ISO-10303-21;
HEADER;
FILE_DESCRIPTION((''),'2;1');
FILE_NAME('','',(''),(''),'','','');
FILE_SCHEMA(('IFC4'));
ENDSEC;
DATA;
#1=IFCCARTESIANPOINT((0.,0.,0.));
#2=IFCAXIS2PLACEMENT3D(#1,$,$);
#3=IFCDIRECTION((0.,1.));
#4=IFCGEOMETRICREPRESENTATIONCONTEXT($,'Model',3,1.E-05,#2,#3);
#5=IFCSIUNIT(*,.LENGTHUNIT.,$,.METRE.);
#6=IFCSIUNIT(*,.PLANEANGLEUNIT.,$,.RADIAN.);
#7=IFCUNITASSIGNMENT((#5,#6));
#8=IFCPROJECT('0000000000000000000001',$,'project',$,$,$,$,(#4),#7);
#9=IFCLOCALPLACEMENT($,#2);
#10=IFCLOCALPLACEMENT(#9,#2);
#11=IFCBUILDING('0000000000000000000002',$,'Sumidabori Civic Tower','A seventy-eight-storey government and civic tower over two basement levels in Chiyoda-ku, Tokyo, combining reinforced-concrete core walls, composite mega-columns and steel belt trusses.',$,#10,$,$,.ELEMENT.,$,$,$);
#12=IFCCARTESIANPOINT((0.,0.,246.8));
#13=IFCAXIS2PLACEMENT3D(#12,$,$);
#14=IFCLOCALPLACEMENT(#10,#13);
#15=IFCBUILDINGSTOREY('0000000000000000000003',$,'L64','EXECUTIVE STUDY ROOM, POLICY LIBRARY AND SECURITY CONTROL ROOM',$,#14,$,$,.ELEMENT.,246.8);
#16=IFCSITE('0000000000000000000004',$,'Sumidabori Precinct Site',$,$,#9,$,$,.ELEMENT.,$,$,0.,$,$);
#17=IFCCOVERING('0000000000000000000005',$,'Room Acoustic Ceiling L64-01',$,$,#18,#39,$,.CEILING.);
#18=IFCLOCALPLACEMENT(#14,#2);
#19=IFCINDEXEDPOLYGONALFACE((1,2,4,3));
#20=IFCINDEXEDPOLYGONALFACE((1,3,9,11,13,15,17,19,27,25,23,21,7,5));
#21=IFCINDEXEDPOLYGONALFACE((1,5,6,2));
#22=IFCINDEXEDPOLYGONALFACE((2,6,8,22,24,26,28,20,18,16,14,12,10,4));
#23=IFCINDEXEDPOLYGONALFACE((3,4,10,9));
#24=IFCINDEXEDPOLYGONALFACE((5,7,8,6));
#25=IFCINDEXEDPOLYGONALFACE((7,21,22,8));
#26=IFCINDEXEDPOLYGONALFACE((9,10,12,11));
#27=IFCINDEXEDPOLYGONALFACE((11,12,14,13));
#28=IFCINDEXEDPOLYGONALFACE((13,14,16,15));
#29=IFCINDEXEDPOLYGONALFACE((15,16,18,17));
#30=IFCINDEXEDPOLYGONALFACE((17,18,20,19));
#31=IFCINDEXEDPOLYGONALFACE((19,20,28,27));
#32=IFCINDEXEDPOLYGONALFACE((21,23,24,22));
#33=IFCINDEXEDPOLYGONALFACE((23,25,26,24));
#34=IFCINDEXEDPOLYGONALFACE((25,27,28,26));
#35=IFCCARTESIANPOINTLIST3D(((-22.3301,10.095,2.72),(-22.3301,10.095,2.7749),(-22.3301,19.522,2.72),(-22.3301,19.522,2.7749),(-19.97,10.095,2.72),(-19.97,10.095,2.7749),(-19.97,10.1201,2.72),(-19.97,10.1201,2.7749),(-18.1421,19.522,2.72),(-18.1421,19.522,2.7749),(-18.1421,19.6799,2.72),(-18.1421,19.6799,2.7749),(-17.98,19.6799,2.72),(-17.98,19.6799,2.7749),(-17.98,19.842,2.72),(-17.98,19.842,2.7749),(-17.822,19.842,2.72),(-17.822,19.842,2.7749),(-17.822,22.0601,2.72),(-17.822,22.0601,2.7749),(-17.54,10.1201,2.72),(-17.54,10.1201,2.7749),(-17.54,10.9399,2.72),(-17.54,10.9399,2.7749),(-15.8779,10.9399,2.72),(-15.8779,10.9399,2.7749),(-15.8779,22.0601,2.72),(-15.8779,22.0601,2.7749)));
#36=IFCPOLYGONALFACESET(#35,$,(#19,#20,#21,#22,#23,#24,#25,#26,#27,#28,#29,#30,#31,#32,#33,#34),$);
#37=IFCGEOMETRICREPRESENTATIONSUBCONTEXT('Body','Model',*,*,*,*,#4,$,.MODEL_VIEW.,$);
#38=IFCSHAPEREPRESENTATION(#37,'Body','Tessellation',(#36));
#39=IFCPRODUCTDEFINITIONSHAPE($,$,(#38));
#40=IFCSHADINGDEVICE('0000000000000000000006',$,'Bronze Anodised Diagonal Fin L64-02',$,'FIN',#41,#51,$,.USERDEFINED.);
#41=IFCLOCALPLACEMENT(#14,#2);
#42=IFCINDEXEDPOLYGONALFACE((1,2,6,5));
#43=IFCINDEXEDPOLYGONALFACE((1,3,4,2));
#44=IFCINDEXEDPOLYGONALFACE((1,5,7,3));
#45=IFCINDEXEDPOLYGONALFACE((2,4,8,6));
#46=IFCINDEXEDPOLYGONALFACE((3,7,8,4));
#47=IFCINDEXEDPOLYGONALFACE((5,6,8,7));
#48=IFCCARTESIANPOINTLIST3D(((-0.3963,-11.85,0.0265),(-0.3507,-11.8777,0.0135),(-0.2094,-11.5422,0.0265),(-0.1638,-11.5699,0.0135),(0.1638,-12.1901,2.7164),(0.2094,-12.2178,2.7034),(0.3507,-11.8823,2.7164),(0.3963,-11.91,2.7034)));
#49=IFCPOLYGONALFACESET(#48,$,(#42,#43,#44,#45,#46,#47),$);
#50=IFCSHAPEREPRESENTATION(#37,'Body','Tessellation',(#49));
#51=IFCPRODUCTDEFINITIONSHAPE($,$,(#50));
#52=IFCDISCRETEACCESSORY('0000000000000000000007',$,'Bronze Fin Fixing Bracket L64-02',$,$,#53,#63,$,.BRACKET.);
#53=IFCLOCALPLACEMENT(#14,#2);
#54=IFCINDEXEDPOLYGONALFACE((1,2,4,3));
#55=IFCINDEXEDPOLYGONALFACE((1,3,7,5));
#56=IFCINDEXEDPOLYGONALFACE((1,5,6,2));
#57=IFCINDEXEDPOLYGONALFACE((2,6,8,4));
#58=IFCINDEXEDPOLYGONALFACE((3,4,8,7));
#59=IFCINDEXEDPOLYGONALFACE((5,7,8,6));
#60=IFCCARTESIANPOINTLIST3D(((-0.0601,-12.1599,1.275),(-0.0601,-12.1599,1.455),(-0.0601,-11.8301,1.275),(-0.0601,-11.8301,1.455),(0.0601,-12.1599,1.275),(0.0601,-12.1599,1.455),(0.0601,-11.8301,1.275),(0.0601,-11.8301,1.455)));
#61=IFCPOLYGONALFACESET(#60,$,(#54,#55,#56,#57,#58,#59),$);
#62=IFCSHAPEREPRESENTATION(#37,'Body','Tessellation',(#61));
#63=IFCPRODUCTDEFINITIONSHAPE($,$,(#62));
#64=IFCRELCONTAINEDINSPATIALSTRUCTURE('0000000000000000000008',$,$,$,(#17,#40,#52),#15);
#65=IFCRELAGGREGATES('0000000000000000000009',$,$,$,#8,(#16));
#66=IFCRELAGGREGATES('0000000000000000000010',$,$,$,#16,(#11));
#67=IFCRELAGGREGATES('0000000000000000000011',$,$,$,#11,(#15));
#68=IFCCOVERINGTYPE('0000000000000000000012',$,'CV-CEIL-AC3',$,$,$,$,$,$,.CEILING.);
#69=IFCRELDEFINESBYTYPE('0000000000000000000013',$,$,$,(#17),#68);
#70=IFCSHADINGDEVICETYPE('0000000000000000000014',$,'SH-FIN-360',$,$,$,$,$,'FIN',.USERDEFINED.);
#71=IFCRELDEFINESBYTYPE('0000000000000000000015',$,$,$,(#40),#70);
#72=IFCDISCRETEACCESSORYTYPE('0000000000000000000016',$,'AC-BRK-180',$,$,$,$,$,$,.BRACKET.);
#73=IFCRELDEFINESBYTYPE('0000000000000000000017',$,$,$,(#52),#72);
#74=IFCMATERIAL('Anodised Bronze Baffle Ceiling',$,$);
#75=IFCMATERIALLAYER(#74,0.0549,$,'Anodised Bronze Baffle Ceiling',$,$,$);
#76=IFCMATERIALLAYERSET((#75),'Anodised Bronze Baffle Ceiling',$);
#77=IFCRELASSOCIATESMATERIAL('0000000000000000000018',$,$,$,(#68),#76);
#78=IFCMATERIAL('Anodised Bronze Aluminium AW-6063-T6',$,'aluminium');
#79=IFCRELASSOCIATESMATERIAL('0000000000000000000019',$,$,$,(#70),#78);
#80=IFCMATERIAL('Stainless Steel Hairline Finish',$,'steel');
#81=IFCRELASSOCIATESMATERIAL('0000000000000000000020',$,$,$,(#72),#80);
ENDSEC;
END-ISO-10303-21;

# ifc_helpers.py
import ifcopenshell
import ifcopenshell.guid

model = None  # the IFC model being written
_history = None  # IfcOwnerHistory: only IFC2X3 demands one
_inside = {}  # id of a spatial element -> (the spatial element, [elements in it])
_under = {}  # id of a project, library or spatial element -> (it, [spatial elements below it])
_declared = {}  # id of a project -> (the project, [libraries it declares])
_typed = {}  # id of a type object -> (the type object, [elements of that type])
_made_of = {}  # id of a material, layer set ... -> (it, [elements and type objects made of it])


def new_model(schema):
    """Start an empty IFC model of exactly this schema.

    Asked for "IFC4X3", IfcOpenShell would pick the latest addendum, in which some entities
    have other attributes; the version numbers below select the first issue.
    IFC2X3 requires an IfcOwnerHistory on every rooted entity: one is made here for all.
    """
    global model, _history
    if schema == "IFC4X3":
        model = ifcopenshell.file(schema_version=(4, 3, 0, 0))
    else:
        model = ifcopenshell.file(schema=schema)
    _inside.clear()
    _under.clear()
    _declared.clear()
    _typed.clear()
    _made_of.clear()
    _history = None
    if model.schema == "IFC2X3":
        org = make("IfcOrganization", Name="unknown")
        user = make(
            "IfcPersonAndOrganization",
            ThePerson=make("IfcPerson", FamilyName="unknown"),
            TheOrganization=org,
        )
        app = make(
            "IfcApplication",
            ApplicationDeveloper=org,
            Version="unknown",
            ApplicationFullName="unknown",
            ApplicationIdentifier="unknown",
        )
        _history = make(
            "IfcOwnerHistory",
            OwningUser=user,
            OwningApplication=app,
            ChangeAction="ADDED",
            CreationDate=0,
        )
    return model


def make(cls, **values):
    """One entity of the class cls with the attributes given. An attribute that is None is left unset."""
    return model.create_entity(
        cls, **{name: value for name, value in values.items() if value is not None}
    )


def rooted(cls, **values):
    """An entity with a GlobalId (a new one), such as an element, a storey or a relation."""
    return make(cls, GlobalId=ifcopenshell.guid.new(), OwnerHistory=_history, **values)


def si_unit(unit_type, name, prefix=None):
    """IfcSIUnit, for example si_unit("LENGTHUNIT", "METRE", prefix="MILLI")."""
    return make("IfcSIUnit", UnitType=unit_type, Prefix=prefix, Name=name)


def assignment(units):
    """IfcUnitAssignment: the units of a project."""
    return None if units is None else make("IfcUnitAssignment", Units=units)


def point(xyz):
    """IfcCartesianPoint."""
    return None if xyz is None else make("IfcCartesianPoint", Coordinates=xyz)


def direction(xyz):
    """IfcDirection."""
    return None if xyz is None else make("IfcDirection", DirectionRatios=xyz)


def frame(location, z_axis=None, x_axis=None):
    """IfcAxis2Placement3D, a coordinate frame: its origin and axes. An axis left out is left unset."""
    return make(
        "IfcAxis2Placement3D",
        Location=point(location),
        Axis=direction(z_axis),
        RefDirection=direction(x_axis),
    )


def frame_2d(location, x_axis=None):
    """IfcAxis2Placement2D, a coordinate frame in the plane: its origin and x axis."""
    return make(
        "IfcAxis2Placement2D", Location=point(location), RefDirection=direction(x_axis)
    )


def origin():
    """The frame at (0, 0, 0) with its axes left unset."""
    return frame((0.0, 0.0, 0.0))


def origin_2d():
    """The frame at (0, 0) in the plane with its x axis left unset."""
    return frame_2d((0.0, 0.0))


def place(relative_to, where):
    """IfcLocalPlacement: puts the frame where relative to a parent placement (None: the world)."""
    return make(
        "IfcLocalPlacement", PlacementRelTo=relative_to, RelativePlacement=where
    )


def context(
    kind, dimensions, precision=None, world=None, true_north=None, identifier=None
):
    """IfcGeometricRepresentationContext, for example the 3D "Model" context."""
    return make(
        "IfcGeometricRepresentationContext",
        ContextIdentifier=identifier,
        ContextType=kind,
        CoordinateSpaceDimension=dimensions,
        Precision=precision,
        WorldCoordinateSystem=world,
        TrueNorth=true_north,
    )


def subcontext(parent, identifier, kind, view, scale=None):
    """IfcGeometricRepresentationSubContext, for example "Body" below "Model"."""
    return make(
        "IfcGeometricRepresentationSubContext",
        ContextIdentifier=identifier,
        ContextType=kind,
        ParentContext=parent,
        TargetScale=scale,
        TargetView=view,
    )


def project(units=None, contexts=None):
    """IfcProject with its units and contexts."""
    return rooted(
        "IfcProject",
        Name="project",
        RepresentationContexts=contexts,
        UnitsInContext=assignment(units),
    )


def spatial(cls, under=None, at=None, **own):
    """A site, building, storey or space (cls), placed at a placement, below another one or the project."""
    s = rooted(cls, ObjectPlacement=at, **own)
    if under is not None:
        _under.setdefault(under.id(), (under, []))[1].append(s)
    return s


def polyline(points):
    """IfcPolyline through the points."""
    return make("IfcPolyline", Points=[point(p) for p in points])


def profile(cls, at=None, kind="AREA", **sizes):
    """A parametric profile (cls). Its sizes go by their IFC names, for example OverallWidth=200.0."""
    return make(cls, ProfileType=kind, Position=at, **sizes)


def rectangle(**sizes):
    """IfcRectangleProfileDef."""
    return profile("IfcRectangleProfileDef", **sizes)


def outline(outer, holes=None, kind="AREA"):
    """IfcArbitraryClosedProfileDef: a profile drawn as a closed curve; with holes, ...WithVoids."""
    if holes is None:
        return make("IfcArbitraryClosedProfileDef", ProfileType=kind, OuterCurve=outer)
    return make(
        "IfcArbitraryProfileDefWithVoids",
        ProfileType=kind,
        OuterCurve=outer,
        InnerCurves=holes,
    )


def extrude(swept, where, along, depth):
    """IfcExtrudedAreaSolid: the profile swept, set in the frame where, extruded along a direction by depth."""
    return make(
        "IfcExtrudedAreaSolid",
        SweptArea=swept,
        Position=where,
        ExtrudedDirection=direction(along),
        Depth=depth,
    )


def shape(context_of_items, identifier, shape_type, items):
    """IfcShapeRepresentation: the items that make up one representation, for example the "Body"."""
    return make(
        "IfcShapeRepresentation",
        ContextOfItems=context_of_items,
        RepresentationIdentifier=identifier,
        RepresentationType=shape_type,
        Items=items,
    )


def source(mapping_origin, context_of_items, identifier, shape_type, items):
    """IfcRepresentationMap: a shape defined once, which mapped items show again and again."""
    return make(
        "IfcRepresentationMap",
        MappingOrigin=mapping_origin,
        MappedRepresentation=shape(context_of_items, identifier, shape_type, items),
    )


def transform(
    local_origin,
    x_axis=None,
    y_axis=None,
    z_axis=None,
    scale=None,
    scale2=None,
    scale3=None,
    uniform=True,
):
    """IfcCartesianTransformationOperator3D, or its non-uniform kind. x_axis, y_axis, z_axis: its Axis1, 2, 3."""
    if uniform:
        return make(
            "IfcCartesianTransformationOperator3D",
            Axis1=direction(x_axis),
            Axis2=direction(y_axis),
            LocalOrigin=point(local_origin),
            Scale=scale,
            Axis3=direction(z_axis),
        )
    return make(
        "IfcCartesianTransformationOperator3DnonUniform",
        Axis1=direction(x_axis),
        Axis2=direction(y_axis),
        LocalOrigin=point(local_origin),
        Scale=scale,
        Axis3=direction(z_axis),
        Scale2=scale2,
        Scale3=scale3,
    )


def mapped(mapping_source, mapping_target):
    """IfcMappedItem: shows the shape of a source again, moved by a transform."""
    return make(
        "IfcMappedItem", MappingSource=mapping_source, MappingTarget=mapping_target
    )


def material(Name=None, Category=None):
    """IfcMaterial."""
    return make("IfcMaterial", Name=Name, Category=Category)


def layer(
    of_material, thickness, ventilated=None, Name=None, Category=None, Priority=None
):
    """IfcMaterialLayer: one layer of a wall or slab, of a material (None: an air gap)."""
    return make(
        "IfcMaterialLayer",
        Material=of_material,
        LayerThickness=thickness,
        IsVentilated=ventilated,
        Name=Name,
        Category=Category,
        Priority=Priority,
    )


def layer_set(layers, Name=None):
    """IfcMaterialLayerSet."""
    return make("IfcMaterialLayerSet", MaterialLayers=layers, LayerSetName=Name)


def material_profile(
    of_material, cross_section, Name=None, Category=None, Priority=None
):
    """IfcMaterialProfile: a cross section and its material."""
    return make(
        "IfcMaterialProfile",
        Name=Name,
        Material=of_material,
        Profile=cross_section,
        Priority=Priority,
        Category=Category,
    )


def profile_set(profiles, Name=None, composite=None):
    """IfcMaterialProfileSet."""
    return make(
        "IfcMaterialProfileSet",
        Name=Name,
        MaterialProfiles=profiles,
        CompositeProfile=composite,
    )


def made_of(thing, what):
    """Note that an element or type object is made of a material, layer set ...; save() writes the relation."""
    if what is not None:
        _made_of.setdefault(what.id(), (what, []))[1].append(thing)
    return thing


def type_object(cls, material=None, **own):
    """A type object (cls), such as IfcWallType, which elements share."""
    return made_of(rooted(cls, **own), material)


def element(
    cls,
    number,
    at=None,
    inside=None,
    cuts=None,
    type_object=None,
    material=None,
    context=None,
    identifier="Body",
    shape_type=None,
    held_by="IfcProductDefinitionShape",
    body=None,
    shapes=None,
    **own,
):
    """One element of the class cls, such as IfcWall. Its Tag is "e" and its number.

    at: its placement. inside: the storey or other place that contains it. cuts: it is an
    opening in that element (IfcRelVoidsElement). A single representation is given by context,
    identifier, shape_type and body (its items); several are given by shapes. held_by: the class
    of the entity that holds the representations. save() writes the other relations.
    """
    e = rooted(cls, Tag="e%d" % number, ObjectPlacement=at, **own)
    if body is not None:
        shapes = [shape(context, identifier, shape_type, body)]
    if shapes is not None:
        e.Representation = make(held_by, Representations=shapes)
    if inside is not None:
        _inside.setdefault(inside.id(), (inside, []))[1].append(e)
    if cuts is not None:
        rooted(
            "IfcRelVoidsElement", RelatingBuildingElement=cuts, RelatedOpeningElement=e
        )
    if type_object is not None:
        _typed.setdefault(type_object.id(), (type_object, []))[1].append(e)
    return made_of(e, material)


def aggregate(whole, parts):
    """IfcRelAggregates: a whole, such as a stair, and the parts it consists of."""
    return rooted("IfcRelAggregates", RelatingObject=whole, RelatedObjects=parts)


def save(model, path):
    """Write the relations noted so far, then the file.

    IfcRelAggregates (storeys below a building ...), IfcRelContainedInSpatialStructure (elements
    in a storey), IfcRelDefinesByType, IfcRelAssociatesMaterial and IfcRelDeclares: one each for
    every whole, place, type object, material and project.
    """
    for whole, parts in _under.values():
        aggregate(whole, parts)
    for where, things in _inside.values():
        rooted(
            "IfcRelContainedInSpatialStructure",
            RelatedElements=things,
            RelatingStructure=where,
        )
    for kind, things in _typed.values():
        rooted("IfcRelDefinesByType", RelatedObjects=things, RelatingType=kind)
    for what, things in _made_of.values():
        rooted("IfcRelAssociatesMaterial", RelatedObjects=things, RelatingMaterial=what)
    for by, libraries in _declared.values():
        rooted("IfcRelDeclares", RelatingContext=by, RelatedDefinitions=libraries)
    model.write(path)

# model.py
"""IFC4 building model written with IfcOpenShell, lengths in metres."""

from ifc_helpers import new_model, si_unit, direction, frame, origin, origin_2d, place, context, subcontext, project, spatial, polyline, rectangle, outline, extrude, source, transform, mapped, material, layer, layer_set, material_profile, profile_set, type_object, element, save


model = new_model("IFC4")

# Units and contexts
model_context = context("Model", 3, precision=1e-05, world=origin(), true_north=direction((0.0, 1.0)))
body_context = subcontext(model_context, "Body", "Model", "MODEL_VIEW")
ifc_project = project(units=[si_unit("LENGTHUNIT", "METRE"), si_unit("PLANEANGLEUNIT", "RADIAN")], contexts=[model_context])

# Site, building, storey
site_placement = place(None, origin())
site = spatial("IfcSite", under=ifc_project, at=site_placement, Name="Sumidabori Precinct Site", CompositionType="ELEMENT", RefElevation=0.0)
building_placement = place(site_placement, origin())
building = spatial("IfcBuilding", under=site, at=building_placement, Name="Sumidabori Civic Tower", Description="A seventy-eight-storey government and civic tower over two basement levels in Chiyoda-ku, Tokyo, combining reinforced-concrete core walls, composite mega-columns and steel belt trusses.", CompositionType="ELEMENT")
storey_placement = place(building_placement, frame((0.0, 0.0, 246.8)))
storey = spatial("IfcBuildingStorey", under=building, at=storey_placement, Name="L64", Description="EXECUTIVE STUDY ROOM, POLICY LIBRARY AND SECURITY CONTROL ROOM", CompositionType="ELEMENT", Elevation=246.8)

# Shared definitions
ifc_material_1 = material(Name="Anodised Bronze Aluminium AW-6063-T6", Category="aluminium")

# Covering
ifc_material_2 = material(Name="Anodised Bronze Baffle Ceiling")
ifc_layer_1 = layer(ifc_material_2, 0.0549, Name="Anodised Bronze Baffle Ceiling")
ifc_layer_set_1 = layer_set([ifc_layer_1], Name="Anodised Bronze Baffle Ceiling")
covering_type = type_object("IfcCoveringType", Name="CV-CEIL-AC3", PredefinedType="CEILING", material=ifc_layer_set_1)
covering_placement = place(storey_placement, frame((0.0, 0.0, 2.72)))
element("IfcCovering", 1, at=covering_placement, inside=storey, type_object=covering_type, Name="Room Acoustic Ceiling L64-01", PredefinedType="CEILING", context=body_context, shape_type="SweptSolid", body=[
    extrude(outline(polyline([(-22.3301, 10.095), (-22.3301, 19.522), (-18.1421, 19.522), (-18.1421, 19.6799), (-17.98, 19.6799), (-17.98, 19.842), (-17.822, 19.842), (-17.822, 22.0601), (-15.8779, 22.0601), (-15.8779, 10.9399), (-17.54, 10.9399), (-17.54, 10.1201), (-19.97, 10.1201), (-19.97, 10.095), (-22.3301, 10.095)])), origin(), (0.0, 0.0, 1.0), 0.0549),
])

# Shading device
ifc_material_profile_1 = material_profile(ifc_material_1, rectangle(XDim=0.0549, YDim=0.3601, at=origin_2d()), Name="BRONZE FIN 360x55")
ifc_profile_set_1 = profile_set([ifc_material_profile_1], Name="Anodised Bronze Aluminium AW-6063-T6")
shading_device_type = type_object("IfcShadingDeviceType", Name="SH-FIN-360", ElementType="FIN", PredefinedType="USERDEFINED", material=ifc_profile_set_1)
shared_shape_1 = source(origin(), body_context, "Body", "SweptSolid", [
    extrude(rectangle(XDim=0.0549, YDim=0.3601, at=origin_2d()), origin(), (0.0, 0.0, 1.0), 2.7686),
])
shading_device_placement = place(storey_placement, frame((-0.28, -11.71, 0.02), z_axis=(0.20229, -0.122838, 0.971591), x_axis=(0.83047, -0.504291, -0.236665)))
element("IfcShadingDevice", 2, at=shading_device_placement, inside=storey, type_object=shading_device_type, Name="Bronze Anodised Diagonal Fin L64-02", ObjectType="FIN", PredefinedType="USERDEFINED", context=body_context, shape_type="MappedRepresentation", body=[
    mapped(shared_shape_1, transform((0.0, 0.0, 0.0), x_axis=(1.0, 0.0, 0.0), y_axis=(0.0, 1.0, 0.0), z_axis=(0.0, 0.0, 1.0), scale=1.0)),
])

# Discrete accessory
ifc_material_3 = material(Name="Stainless Steel Hairline Finish", Category="steel")
ifc_material_profile_2 = material_profile(ifc_material_3, rectangle(XDim=0.1201, YDim=0.1799, at=origin_2d()), Name="STEEL BRACKET 180x120")
ifc_profile_set_2 = profile_set([ifc_material_profile_2], Name="Stainless Steel Hairline Finish")
discrete_accessory_type = type_object("IfcDiscreteAccessoryType", Name="AC-BRK-180", PredefinedType="BRACKET", material=ifc_profile_set_2)
shared_shape_2 = source(origin(), body_context, "Body", "SweptSolid", [
    extrude(rectangle(XDim=0.1201, YDim=0.1799, at=origin_2d()), origin(), (0.0, 0.0, 1.0), 0.3298),
])
discrete_accessory_placement = place(storey_placement, frame((0.0, -11.8301, 1.365), z_axis=(0.0, -1.0, 0.0), x_axis=(1.0, 0.0, 0.0)))
element("IfcDiscreteAccessory", 3, at=discrete_accessory_placement, inside=storey, type_object=discrete_accessory_type, Name="Bronze Fin Fixing Bracket L64-02", PredefinedType="BRACKET", context=body_context, shape_type="MappedRepresentation", body=[
    mapped(shared_shape_2, transform((0.0, 0.0, 0.0), x_axis=(1.0, 0.0, 0.0), y_axis=(0.0, 1.0, 0.0), z_axis=(0.0, 0.0, 1.0), scale=1.0)),
])

save(model, "model.ifc")
